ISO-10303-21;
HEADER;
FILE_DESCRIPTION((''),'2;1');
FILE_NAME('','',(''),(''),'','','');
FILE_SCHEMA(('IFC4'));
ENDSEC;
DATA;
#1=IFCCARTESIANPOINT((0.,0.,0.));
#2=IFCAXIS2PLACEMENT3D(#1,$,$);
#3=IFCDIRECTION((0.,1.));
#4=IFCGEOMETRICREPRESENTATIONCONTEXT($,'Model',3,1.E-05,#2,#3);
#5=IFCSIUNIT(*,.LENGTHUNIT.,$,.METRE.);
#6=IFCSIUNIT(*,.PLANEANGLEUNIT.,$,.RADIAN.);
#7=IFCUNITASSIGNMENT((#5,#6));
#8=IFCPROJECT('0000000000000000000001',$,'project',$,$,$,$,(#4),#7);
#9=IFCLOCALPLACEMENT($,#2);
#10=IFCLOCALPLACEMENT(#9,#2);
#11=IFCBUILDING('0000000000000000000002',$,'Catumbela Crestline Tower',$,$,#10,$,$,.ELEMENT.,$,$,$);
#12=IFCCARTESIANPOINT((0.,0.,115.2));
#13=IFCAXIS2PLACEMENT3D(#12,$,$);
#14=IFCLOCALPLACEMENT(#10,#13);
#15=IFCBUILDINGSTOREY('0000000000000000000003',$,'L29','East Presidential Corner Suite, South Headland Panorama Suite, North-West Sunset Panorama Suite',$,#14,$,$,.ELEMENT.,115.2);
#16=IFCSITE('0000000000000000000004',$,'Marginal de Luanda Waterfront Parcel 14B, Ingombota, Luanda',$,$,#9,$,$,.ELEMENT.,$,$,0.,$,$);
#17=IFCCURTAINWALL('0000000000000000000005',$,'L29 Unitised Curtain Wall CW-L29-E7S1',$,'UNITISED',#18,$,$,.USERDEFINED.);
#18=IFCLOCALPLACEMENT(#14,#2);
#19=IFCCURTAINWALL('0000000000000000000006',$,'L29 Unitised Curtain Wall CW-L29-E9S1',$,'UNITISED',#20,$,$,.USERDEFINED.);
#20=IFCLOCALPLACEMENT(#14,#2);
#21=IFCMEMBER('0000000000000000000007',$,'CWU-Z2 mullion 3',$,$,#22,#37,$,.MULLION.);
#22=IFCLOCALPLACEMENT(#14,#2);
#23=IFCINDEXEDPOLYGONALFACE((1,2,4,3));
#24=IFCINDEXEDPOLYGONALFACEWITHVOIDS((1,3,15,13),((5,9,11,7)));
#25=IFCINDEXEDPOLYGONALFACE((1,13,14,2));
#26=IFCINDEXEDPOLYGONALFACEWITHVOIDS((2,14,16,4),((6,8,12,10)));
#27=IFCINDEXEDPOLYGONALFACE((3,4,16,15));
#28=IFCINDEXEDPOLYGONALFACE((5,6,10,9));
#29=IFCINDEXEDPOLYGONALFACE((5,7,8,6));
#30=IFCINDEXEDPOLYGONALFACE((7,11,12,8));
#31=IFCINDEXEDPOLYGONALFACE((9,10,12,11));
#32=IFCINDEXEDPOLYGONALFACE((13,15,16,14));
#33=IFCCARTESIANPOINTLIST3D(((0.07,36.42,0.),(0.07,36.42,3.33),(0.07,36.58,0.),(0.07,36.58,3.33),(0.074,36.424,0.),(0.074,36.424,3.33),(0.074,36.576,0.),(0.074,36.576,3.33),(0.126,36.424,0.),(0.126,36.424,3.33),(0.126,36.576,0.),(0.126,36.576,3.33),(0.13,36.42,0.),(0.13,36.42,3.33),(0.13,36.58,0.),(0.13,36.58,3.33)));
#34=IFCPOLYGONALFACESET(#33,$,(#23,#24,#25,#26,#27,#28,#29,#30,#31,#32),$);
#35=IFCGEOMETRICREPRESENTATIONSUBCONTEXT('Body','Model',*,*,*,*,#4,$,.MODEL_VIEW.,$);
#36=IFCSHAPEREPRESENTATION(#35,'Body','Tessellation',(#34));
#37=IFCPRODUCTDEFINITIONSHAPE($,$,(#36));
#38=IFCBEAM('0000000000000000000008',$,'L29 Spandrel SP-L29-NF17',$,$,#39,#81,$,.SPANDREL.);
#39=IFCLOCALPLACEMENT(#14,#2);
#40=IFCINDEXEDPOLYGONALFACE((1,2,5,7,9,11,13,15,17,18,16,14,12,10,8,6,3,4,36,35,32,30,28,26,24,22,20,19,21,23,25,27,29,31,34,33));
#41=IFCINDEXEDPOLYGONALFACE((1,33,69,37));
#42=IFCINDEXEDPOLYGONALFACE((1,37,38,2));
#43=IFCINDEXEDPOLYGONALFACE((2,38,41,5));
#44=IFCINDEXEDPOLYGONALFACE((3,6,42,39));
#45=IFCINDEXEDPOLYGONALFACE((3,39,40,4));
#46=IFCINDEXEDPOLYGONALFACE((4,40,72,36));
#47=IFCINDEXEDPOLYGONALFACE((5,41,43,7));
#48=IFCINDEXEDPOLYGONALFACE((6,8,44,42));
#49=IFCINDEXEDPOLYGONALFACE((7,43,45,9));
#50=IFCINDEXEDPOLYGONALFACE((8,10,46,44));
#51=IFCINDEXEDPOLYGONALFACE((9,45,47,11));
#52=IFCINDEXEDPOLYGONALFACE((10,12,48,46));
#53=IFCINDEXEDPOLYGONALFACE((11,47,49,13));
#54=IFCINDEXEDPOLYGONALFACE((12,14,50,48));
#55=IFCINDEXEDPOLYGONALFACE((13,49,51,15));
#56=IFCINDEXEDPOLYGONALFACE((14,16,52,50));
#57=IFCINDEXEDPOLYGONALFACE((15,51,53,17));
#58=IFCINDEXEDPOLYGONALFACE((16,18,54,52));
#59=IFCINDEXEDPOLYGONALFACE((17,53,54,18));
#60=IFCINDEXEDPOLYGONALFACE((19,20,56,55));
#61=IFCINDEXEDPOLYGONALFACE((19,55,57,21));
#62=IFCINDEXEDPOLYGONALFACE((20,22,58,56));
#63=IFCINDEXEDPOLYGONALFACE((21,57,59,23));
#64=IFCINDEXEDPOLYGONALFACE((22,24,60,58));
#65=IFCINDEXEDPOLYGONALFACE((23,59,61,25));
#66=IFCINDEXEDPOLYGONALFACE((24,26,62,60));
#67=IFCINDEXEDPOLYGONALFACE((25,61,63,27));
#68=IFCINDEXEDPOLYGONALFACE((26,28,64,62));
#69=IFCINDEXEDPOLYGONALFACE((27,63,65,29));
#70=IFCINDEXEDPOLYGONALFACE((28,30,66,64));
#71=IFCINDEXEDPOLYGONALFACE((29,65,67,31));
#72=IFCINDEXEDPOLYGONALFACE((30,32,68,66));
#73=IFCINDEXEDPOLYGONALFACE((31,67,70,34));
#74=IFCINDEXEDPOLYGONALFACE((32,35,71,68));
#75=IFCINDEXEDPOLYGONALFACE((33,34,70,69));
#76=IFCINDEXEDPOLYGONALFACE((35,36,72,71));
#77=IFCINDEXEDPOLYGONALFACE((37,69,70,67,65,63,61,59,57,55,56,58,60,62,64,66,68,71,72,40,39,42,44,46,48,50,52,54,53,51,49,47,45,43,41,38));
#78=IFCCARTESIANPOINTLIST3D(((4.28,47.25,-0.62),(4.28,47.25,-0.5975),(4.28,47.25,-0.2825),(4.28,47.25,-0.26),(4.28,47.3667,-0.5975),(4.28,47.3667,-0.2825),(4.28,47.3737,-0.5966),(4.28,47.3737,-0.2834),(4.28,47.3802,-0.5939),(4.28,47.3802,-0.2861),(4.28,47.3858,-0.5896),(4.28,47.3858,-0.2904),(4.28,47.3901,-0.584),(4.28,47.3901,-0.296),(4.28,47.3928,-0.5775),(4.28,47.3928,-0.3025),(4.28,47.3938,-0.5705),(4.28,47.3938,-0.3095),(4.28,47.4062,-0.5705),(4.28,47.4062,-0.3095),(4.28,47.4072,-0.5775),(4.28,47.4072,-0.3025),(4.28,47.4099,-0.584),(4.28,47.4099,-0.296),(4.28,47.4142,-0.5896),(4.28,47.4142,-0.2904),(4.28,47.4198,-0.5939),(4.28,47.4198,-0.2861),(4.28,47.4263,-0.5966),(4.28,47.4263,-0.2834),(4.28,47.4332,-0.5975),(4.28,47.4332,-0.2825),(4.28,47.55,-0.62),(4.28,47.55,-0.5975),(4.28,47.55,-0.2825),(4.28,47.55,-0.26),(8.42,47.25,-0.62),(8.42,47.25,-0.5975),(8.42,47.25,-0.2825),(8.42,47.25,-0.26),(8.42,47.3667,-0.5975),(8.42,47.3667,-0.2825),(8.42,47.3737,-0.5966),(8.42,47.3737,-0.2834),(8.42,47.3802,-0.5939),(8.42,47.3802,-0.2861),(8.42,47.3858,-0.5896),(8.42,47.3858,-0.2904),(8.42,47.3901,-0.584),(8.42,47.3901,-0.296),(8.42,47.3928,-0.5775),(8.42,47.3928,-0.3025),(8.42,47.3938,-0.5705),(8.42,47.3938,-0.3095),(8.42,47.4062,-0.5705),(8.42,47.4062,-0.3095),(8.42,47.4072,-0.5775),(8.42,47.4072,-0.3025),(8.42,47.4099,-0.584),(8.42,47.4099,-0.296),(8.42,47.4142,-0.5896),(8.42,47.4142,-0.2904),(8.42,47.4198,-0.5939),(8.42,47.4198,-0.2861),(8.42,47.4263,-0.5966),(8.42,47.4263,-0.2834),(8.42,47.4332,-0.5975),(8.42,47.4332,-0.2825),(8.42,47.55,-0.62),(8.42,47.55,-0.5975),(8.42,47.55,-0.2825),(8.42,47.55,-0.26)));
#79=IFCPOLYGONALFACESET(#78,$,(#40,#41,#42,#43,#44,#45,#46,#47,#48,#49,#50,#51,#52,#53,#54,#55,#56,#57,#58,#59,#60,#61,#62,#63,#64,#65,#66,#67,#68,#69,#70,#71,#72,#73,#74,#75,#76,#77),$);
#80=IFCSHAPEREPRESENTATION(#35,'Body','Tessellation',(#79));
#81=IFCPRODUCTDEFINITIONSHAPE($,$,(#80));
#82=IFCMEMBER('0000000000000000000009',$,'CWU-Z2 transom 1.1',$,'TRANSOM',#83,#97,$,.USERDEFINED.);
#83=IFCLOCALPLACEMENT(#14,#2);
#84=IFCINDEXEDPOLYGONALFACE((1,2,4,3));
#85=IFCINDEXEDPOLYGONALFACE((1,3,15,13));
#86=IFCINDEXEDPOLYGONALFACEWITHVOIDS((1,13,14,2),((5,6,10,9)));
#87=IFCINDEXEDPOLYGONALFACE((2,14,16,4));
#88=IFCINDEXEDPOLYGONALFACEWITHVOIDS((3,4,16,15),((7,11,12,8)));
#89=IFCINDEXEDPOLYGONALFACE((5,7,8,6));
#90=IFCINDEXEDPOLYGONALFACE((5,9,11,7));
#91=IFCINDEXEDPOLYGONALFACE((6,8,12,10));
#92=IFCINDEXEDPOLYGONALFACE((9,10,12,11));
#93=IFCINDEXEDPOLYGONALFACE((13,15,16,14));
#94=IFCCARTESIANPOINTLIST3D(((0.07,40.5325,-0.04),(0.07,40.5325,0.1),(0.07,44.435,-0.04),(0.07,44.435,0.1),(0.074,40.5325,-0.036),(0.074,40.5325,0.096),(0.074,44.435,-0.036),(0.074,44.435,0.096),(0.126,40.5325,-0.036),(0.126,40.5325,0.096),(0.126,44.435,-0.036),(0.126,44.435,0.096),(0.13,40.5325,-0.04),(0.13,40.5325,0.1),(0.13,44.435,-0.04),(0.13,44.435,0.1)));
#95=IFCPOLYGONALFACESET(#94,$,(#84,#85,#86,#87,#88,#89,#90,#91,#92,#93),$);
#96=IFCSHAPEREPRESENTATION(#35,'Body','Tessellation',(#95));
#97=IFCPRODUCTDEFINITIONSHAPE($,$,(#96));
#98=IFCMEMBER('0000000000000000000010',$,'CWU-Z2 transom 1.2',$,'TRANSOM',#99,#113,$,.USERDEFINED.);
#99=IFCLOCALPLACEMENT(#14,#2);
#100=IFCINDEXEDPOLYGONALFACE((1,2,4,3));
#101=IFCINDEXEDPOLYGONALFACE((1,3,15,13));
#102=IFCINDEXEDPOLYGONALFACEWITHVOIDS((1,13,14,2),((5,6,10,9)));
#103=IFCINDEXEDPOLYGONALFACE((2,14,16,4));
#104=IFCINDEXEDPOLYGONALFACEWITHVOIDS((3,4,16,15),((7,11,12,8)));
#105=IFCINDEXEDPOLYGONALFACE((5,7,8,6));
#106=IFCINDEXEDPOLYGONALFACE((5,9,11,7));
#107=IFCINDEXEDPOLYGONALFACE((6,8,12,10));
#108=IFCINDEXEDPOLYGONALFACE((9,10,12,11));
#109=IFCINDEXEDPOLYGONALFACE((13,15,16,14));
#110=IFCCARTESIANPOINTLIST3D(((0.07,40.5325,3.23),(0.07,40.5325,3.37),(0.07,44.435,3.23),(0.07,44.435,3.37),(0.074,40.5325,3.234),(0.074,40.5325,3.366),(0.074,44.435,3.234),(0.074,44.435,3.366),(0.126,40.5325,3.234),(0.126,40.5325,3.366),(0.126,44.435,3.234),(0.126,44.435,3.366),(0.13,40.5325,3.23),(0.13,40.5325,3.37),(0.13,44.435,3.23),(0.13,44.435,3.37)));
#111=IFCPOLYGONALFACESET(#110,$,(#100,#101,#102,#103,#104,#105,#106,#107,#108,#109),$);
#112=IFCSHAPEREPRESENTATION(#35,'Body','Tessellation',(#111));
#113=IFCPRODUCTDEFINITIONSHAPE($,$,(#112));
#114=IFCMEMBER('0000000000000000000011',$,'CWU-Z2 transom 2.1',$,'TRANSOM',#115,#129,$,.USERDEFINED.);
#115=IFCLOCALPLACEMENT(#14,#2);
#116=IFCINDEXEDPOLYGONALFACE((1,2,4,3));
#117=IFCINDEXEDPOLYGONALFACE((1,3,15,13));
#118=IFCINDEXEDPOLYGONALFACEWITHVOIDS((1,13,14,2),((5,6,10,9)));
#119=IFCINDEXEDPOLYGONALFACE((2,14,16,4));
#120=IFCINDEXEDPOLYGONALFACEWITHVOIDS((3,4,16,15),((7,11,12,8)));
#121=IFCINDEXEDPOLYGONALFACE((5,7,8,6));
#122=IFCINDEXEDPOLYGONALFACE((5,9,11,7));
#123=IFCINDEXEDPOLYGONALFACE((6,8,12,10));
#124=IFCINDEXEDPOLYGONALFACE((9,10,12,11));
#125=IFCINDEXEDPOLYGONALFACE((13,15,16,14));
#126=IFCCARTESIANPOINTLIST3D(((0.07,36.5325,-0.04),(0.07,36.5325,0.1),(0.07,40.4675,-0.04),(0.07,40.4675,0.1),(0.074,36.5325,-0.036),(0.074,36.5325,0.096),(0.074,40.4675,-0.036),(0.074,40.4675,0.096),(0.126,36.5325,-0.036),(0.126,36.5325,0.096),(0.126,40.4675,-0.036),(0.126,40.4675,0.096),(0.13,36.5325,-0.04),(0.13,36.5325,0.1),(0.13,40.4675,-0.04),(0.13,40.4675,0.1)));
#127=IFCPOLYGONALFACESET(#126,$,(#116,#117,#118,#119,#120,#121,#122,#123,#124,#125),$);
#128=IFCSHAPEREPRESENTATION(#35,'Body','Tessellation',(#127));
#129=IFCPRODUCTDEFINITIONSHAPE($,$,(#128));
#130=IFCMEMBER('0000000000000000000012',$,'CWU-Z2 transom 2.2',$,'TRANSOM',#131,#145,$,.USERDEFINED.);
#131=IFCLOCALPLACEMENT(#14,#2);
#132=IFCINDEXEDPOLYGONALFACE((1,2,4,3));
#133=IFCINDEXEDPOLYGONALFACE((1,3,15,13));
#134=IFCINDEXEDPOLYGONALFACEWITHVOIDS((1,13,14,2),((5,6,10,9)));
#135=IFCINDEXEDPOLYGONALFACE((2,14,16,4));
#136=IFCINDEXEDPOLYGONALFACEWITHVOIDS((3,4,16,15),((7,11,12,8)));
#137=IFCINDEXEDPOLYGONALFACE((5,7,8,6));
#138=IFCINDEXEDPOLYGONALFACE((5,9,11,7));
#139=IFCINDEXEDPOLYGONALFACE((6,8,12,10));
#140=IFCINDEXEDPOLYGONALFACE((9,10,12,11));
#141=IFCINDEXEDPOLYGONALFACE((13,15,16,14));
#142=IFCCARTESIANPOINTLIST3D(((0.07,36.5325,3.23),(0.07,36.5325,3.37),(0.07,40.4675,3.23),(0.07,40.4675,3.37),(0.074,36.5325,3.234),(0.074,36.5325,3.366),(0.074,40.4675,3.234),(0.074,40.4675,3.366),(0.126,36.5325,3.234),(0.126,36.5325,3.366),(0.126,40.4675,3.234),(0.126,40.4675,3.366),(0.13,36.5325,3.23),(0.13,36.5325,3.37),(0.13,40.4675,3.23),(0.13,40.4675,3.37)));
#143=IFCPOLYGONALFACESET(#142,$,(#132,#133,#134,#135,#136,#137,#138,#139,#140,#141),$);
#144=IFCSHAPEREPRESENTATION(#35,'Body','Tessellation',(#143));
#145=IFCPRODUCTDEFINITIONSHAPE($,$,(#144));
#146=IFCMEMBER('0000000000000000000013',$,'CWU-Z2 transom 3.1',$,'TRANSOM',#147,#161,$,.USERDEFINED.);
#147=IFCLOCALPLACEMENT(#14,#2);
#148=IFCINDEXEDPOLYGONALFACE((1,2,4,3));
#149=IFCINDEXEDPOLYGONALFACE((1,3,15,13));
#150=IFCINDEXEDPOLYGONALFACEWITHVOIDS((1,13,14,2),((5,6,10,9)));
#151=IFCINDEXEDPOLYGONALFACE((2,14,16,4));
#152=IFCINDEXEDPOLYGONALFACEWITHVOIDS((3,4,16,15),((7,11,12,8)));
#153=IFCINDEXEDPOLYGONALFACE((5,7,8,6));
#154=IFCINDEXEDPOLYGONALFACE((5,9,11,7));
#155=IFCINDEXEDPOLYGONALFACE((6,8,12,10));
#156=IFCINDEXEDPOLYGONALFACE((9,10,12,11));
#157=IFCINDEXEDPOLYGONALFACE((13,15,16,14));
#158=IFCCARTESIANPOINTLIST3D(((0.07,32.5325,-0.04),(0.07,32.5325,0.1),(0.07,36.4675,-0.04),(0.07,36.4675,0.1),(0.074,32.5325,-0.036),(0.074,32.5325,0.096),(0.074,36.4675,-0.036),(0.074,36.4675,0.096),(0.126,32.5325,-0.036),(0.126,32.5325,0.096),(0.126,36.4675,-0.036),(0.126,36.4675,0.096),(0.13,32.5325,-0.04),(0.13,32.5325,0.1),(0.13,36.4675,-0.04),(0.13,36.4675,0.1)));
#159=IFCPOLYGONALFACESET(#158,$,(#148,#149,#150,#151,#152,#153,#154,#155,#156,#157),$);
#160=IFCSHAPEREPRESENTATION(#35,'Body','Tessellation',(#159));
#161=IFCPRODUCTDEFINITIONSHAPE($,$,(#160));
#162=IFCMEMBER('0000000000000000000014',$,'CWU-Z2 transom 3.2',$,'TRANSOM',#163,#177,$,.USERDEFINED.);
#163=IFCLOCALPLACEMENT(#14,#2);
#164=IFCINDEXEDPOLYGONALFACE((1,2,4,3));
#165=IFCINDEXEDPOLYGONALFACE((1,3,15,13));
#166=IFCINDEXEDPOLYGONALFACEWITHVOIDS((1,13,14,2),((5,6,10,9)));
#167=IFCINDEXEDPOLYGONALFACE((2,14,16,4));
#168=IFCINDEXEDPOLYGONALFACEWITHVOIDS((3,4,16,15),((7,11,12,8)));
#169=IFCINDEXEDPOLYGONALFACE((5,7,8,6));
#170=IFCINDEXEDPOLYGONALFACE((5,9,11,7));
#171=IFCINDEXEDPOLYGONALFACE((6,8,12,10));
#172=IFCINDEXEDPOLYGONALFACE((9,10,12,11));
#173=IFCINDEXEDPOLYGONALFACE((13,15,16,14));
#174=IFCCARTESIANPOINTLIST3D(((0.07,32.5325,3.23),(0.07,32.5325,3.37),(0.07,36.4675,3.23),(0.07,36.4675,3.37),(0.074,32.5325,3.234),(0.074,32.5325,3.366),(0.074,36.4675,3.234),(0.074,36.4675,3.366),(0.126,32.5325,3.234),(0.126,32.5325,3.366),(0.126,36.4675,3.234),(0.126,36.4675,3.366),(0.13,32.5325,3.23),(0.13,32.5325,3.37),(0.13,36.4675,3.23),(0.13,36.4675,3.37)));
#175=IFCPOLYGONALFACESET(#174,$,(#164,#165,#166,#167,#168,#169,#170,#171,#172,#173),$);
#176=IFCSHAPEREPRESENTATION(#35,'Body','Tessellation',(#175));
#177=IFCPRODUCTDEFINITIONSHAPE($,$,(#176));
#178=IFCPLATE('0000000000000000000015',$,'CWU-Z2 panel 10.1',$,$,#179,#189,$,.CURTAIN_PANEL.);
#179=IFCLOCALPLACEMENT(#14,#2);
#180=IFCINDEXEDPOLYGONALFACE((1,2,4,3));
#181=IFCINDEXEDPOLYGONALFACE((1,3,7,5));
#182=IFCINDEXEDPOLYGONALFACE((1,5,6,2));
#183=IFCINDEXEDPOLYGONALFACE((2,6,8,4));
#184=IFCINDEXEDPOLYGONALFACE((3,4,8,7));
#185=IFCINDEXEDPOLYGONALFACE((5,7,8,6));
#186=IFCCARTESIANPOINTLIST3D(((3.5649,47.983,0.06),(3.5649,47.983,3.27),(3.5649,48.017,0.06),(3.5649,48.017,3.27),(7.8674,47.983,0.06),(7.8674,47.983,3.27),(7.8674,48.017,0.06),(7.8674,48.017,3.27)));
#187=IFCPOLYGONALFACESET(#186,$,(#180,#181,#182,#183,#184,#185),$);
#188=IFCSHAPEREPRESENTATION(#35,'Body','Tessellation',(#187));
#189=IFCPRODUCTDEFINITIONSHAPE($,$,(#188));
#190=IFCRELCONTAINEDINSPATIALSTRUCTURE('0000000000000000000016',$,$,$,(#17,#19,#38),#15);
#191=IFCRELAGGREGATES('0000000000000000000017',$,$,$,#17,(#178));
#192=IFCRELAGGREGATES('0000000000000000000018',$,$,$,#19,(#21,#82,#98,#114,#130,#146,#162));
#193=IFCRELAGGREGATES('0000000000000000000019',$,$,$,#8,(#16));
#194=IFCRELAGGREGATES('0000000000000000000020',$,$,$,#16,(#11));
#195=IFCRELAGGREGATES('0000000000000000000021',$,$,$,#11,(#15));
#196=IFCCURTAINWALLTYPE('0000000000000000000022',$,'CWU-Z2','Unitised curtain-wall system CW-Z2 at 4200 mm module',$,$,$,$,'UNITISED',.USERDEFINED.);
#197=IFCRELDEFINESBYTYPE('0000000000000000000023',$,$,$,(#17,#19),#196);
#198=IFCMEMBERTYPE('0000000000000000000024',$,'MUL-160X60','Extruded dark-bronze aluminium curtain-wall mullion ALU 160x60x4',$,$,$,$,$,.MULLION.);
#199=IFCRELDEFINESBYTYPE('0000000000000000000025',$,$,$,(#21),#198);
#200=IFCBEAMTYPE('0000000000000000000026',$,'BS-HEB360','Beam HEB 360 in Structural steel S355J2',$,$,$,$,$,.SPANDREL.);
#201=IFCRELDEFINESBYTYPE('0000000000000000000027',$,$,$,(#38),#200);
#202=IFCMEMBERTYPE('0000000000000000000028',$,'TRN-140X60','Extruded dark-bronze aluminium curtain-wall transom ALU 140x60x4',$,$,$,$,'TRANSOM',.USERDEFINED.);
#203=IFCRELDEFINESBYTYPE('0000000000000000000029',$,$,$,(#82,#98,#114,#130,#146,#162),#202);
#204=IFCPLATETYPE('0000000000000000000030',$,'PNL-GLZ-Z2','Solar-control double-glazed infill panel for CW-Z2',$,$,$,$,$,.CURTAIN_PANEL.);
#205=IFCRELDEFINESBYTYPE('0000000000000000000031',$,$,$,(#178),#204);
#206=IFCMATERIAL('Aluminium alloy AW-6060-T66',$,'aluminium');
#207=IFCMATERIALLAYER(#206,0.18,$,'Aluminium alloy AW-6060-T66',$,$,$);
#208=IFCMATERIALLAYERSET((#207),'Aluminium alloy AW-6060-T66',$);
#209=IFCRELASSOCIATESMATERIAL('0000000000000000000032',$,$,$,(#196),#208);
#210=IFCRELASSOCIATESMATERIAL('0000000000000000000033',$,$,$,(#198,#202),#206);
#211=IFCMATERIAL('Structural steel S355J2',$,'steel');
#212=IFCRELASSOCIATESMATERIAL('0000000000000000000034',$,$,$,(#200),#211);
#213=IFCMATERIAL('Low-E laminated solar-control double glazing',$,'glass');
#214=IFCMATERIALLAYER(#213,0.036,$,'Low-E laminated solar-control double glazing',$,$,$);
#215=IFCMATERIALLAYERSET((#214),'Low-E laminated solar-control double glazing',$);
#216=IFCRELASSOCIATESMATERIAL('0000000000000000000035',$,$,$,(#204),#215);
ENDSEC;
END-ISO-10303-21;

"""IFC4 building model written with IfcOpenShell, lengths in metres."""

from ifc_helpers import new_model, si_unit, direction, frame, origin, origin_2d, place, context, subcontext, project, spatial, rectangle, hollow_rectangle, i_section, extrude, material, layer, layer_set, material_profile, profile_set, type_object, element, aggregate, save


model = new_model("IFC4")

# Units and contexts
model_context = context("Model", 3, precision=1e-05, world=origin(), true_north=direction((0.0, 1.0)))
body_context = subcontext(model_context, "Body", "Model", "MODEL_VIEW")
ifc_project = project(units=[si_unit("LENGTHUNIT", "METRE"), si_unit("PLANEANGLEUNIT", "RADIAN")], contexts=[model_context])

# Site, building, storey
site_placement = place(None, origin())
site = spatial("IfcSite", under=ifc_project, at=site_placement, Name="Marginal de Luanda Waterfront Parcel 14B, Ingombota, Luanda", CompositionType="ELEMENT", RefElevation=0.0)
building_placement = place(site_placement, origin())
building = spatial("IfcBuilding", under=site, at=building_placement, Name="Catumbela Crestline Tower", CompositionType="ELEMENT")
storey_placement = place(building_placement, frame((0.0, 0.0, 115.2)))
storey = spatial("IfcBuildingStorey", under=building, at=storey_placement, Name="L29", Description="East Presidential Corner Suite, South Headland Panorama Suite, North-West Sunset Panorama Suite", CompositionType="ELEMENT", Elevation=115.2)

# Shared definitions
ifc_material_1 = material(Name="Structural steel S355J2", Category="steel")

# Curtain wall
ifc_material_2 = material(Name="Aluminium alloy AW-6060-T66", Category="aluminium")
ifc_layer_1 = layer(ifc_material_2, 0.18, Name="Aluminium alloy AW-6060-T66")
ifc_layer_set_1 = layer_set([ifc_layer_1], Name="Aluminium alloy AW-6060-T66")
curtain_wall_type = type_object("IfcCurtainWallType", Name="CWU-Z2", Description="Unitised curtain-wall system CW-Z2 at 4200 mm module", ElementType="UNITISED", PredefinedType="USERDEFINED", material=ifc_layer_set_1)
curtain_wall_1_placement = place(storey_placement, origin())
curtain_wall_1 = element("IfcCurtainWall", 1, at=curtain_wall_1_placement, inside=storey, type_object=curtain_wall_type, Name="L29 Unitised Curtain Wall CW-L29-E7S1", ObjectType="UNITISED", PredefinedType="USERDEFINED")
ifc_material_profile_1 = material_profile(ifc_material_2, hollow_rectangle(XDim=0.06, YDim=0.16, WallThickness=0.004, at=origin_2d()), Name="ALU 160x60x4")
ifc_profile_set_1 = profile_set([ifc_material_profile_1], Name="Aluminium alloy AW-6060-T66")
member_type_1 = type_object("IfcMemberType", Name="MUL-160X60", Description="Extruded dark-bronze aluminium curtain-wall mullion ALU 160x60x4", PredefinedType="MULLION", material=ifc_profile_set_1)

# Curtain wall, member
curtain_wall_2_placement = place(storey_placement, origin())
curtain_wall_2 = element("IfcCurtainWall", 2, at=curtain_wall_2_placement, inside=storey, type_object=curtain_wall_type, Name="L29 Unitised Curtain Wall CW-L29-E9S1", ObjectType="UNITISED", PredefinedType="USERDEFINED")
member_1_placement = place(storey_placement, frame((0.1, 36.5, 0.0), z_axis=(0.0, 0.0, 1.0), x_axis=(1.0, 0.0, 0.0)))
member_1 = element("IfcMember", 3, at=member_1_placement, type_object=member_type_1, Name="CWU-Z2 mullion 3", PredefinedType="MULLION", context=body_context, shape_type="SweptSolid", body=[
    extrude(hollow_rectangle(XDim=0.06, YDim=0.16, WallThickness=0.004, at=origin_2d()), origin(), (0.0, 0.0, 1.0), 3.33),
])

# Beam
ifc_material_profile_2 = material_profile(ifc_material_1, i_section(OverallWidth=0.3, OverallDepth=0.36, WebThickness=0.0125, FlangeThickness=0.0225, FilletRadius=0.027, at=origin_2d()), Name="HEB 360")
ifc_profile_set_2 = profile_set([ifc_material_profile_2], Name="Structural steel S355J2")
beam_type_1 = type_object("IfcBeamType", Name="BS-HEB360", Description="Beam HEB 360 in Structural steel S355J2", PredefinedType="SPANDREL", material=ifc_profile_set_2)
beam_1_placement = place(storey_placement, frame((4.28, 47.4, -0.44), z_axis=(1.0, 0.0, 0.0), x_axis=(0.0, 1.0, 0.0)))
element("IfcBeam", 4, at=beam_1_placement, inside=storey, type_object=beam_type_1, Name="L29 Spandrel SP-L29-NF17", PredefinedType="SPANDREL", context=body_context, shape_type="SweptSolid", body=[
    extrude(i_section(OverallWidth=0.3, OverallDepth=0.36, WebThickness=0.0125, FlangeThickness=0.0225, FilletRadius=0.027, at=origin_2d()), origin(), (0.0, 0.0, 1.0), 4.14),
])

# Members
ifc_material_profile_3 = material_profile(ifc_material_2, hollow_rectangle(XDim=0.06, YDim=0.14, WallThickness=0.004, at=origin_2d()), Name="ALU 140x60x4")
ifc_profile_set_3 = profile_set([ifc_material_profile_3], Name="Aluminium alloy AW-6060-T66")
member_type_2 = type_object("IfcMemberType", Name="TRN-140X60", Description="Extruded dark-bronze aluminium curtain-wall transom ALU 140x60x4", ElementType="TRANSOM", PredefinedType="USERDEFINED", material=ifc_profile_set_3)
member_2_placement = place(storey_placement, frame((0.1, 44.435, 0.03), z_axis=(0.0, -1.0, 0.0), x_axis=(1.0, 0.0, 0.0)))
member_2 = element("IfcMember", 5, at=member_2_placement, type_object=member_type_2, Name="CWU-Z2 transom 1.1", ObjectType="TRANSOM", PredefinedType="USERDEFINED", context=body_context, shape_type="SweptSolid", body=[
    extrude(hollow_rectangle(XDim=0.06, YDim=0.14, WallThickness=0.004, at=origin_2d()), origin(), (0.0, 0.0, 1.0), 3.9025),
])
member_3_placement = place(storey_placement, frame((0.1, 44.435, 3.3), z_axis=(0.0, -1.0, 0.0), x_axis=(1.0, 0.0, 0.0)))
member_3 = element("IfcMember", 6, at=member_3_placement, type_object=member_type_2, Name="CWU-Z2 transom 1.2", ObjectType="TRANSOM", PredefinedType="USERDEFINED", context=body_context, shape_type="SweptSolid", body=[
    extrude(hollow_rectangle(XDim=0.06, YDim=0.14, WallThickness=0.004, at=origin_2d()), origin(), (0.0, 0.0, 1.0), 3.9025),
])
member_4_placement = place(storey_placement, frame((0.1, 40.4675, 0.03), z_axis=(0.0, -1.0, 0.0), x_axis=(1.0, 0.0, 0.0)))
member_4 = element("IfcMember", 7, at=member_4_placement, type_object=member_type_2, Name="CWU-Z2 transom 2.1", ObjectType="TRANSOM", PredefinedType="USERDEFINED", context=body_context, shape_type="SweptSolid", body=[
    extrude(hollow_rectangle(XDim=0.06, YDim=0.14, WallThickness=0.004, at=origin_2d()), origin(), (0.0, 0.0, 1.0), 3.935),
])
member_5_placement = place(storey_placement, frame((0.1, 40.4675, 3.3), z_axis=(0.0, -1.0, 0.0), x_axis=(1.0, 0.0, 0.0)))
member_5 = element("IfcMember", 8, at=member_5_placement, type_object=member_type_2, Name="CWU-Z2 transom 2.2", ObjectType="TRANSOM", PredefinedType="USERDEFINED", context=body_context, shape_type="SweptSolid", body=[
    extrude(hollow_rectangle(XDim=0.06, YDim=0.14, WallThickness=0.004, at=origin_2d()), origin(), (0.0, 0.0, 1.0), 3.935),
])
member_6_placement = place(storey_placement, frame((0.1, 36.4675, 0.03), z_axis=(0.0, -1.0, 0.0), x_axis=(1.0, 0.0, 0.0)))
member_6 = element("IfcMember", 9, at=member_6_placement, type_object=member_type_2, Name="CWU-Z2 transom 3.1", ObjectType="TRANSOM", PredefinedType="USERDEFINED", context=body_context, shape_type="SweptSolid", body=[
    extrude(hollow_rectangle(XDim=0.06, YDim=0.14, WallThickness=0.004, at=origin_2d()), origin(), (0.0, 0.0, 1.0), 3.935),
])
member_7_placement = place(storey_placement, frame((0.1, 36.4675, 3.3), z_axis=(0.0, -1.0, 0.0), x_axis=(1.0, 0.0, 0.0)))
member_7 = element("IfcMember", 10, at=member_7_placement, type_object=member_type_2, Name="CWU-Z2 transom 3.2", ObjectType="TRANSOM", PredefinedType="USERDEFINED", context=body_context, shape_type="SweptSolid", body=[
    extrude(hollow_rectangle(XDim=0.06, YDim=0.14, WallThickness=0.004, at=origin_2d()), origin(), (0.0, 0.0, 1.0), 3.935),
])

# Plate
ifc_material_3 = material(Name="Low-E laminated solar-control double glazing", Category="glass")
ifc_layer_2 = layer(ifc_material_3, 0.036, Name="Low-E laminated solar-control double glazing")
ifc_layer_set_2 = layer_set([ifc_layer_2], Name="Low-E laminated solar-control double glazing")
plate_type = type_object("IfcPlateType", Name="PNL-GLZ-Z2", Description="Solar-control double-glazed infill panel for CW-Z2", PredefinedType="CURTAIN_PANEL", material=ifc_layer_set_2)
plate_1_placement = place(storey_placement, frame((5.7162, 48.0, 0.06), z_axis=(0.0, 0.0, 1.0), x_axis=(-1.0, 0.0, 0.0)))
plate_1 = element("IfcPlate", 11, at=plate_1_placement, type_object=plate_type, Name="CWU-Z2 panel 10.1", PredefinedType="CURTAIN_PANEL", context=body_context, shape_type="SweptSolid", body=[
    extrude(rectangle(XDim=4.3025, YDim=0.034, at=origin_2d()), origin(), (0.0, 0.0, 1.0), 3.21),
])
aggregate(curtain_wall_1, [plate_1])
aggregate(curtain_wall_2, [member_1, member_2, member_3, member_4, member_5, member_6, member_7])

save(model, "model.ifc")
